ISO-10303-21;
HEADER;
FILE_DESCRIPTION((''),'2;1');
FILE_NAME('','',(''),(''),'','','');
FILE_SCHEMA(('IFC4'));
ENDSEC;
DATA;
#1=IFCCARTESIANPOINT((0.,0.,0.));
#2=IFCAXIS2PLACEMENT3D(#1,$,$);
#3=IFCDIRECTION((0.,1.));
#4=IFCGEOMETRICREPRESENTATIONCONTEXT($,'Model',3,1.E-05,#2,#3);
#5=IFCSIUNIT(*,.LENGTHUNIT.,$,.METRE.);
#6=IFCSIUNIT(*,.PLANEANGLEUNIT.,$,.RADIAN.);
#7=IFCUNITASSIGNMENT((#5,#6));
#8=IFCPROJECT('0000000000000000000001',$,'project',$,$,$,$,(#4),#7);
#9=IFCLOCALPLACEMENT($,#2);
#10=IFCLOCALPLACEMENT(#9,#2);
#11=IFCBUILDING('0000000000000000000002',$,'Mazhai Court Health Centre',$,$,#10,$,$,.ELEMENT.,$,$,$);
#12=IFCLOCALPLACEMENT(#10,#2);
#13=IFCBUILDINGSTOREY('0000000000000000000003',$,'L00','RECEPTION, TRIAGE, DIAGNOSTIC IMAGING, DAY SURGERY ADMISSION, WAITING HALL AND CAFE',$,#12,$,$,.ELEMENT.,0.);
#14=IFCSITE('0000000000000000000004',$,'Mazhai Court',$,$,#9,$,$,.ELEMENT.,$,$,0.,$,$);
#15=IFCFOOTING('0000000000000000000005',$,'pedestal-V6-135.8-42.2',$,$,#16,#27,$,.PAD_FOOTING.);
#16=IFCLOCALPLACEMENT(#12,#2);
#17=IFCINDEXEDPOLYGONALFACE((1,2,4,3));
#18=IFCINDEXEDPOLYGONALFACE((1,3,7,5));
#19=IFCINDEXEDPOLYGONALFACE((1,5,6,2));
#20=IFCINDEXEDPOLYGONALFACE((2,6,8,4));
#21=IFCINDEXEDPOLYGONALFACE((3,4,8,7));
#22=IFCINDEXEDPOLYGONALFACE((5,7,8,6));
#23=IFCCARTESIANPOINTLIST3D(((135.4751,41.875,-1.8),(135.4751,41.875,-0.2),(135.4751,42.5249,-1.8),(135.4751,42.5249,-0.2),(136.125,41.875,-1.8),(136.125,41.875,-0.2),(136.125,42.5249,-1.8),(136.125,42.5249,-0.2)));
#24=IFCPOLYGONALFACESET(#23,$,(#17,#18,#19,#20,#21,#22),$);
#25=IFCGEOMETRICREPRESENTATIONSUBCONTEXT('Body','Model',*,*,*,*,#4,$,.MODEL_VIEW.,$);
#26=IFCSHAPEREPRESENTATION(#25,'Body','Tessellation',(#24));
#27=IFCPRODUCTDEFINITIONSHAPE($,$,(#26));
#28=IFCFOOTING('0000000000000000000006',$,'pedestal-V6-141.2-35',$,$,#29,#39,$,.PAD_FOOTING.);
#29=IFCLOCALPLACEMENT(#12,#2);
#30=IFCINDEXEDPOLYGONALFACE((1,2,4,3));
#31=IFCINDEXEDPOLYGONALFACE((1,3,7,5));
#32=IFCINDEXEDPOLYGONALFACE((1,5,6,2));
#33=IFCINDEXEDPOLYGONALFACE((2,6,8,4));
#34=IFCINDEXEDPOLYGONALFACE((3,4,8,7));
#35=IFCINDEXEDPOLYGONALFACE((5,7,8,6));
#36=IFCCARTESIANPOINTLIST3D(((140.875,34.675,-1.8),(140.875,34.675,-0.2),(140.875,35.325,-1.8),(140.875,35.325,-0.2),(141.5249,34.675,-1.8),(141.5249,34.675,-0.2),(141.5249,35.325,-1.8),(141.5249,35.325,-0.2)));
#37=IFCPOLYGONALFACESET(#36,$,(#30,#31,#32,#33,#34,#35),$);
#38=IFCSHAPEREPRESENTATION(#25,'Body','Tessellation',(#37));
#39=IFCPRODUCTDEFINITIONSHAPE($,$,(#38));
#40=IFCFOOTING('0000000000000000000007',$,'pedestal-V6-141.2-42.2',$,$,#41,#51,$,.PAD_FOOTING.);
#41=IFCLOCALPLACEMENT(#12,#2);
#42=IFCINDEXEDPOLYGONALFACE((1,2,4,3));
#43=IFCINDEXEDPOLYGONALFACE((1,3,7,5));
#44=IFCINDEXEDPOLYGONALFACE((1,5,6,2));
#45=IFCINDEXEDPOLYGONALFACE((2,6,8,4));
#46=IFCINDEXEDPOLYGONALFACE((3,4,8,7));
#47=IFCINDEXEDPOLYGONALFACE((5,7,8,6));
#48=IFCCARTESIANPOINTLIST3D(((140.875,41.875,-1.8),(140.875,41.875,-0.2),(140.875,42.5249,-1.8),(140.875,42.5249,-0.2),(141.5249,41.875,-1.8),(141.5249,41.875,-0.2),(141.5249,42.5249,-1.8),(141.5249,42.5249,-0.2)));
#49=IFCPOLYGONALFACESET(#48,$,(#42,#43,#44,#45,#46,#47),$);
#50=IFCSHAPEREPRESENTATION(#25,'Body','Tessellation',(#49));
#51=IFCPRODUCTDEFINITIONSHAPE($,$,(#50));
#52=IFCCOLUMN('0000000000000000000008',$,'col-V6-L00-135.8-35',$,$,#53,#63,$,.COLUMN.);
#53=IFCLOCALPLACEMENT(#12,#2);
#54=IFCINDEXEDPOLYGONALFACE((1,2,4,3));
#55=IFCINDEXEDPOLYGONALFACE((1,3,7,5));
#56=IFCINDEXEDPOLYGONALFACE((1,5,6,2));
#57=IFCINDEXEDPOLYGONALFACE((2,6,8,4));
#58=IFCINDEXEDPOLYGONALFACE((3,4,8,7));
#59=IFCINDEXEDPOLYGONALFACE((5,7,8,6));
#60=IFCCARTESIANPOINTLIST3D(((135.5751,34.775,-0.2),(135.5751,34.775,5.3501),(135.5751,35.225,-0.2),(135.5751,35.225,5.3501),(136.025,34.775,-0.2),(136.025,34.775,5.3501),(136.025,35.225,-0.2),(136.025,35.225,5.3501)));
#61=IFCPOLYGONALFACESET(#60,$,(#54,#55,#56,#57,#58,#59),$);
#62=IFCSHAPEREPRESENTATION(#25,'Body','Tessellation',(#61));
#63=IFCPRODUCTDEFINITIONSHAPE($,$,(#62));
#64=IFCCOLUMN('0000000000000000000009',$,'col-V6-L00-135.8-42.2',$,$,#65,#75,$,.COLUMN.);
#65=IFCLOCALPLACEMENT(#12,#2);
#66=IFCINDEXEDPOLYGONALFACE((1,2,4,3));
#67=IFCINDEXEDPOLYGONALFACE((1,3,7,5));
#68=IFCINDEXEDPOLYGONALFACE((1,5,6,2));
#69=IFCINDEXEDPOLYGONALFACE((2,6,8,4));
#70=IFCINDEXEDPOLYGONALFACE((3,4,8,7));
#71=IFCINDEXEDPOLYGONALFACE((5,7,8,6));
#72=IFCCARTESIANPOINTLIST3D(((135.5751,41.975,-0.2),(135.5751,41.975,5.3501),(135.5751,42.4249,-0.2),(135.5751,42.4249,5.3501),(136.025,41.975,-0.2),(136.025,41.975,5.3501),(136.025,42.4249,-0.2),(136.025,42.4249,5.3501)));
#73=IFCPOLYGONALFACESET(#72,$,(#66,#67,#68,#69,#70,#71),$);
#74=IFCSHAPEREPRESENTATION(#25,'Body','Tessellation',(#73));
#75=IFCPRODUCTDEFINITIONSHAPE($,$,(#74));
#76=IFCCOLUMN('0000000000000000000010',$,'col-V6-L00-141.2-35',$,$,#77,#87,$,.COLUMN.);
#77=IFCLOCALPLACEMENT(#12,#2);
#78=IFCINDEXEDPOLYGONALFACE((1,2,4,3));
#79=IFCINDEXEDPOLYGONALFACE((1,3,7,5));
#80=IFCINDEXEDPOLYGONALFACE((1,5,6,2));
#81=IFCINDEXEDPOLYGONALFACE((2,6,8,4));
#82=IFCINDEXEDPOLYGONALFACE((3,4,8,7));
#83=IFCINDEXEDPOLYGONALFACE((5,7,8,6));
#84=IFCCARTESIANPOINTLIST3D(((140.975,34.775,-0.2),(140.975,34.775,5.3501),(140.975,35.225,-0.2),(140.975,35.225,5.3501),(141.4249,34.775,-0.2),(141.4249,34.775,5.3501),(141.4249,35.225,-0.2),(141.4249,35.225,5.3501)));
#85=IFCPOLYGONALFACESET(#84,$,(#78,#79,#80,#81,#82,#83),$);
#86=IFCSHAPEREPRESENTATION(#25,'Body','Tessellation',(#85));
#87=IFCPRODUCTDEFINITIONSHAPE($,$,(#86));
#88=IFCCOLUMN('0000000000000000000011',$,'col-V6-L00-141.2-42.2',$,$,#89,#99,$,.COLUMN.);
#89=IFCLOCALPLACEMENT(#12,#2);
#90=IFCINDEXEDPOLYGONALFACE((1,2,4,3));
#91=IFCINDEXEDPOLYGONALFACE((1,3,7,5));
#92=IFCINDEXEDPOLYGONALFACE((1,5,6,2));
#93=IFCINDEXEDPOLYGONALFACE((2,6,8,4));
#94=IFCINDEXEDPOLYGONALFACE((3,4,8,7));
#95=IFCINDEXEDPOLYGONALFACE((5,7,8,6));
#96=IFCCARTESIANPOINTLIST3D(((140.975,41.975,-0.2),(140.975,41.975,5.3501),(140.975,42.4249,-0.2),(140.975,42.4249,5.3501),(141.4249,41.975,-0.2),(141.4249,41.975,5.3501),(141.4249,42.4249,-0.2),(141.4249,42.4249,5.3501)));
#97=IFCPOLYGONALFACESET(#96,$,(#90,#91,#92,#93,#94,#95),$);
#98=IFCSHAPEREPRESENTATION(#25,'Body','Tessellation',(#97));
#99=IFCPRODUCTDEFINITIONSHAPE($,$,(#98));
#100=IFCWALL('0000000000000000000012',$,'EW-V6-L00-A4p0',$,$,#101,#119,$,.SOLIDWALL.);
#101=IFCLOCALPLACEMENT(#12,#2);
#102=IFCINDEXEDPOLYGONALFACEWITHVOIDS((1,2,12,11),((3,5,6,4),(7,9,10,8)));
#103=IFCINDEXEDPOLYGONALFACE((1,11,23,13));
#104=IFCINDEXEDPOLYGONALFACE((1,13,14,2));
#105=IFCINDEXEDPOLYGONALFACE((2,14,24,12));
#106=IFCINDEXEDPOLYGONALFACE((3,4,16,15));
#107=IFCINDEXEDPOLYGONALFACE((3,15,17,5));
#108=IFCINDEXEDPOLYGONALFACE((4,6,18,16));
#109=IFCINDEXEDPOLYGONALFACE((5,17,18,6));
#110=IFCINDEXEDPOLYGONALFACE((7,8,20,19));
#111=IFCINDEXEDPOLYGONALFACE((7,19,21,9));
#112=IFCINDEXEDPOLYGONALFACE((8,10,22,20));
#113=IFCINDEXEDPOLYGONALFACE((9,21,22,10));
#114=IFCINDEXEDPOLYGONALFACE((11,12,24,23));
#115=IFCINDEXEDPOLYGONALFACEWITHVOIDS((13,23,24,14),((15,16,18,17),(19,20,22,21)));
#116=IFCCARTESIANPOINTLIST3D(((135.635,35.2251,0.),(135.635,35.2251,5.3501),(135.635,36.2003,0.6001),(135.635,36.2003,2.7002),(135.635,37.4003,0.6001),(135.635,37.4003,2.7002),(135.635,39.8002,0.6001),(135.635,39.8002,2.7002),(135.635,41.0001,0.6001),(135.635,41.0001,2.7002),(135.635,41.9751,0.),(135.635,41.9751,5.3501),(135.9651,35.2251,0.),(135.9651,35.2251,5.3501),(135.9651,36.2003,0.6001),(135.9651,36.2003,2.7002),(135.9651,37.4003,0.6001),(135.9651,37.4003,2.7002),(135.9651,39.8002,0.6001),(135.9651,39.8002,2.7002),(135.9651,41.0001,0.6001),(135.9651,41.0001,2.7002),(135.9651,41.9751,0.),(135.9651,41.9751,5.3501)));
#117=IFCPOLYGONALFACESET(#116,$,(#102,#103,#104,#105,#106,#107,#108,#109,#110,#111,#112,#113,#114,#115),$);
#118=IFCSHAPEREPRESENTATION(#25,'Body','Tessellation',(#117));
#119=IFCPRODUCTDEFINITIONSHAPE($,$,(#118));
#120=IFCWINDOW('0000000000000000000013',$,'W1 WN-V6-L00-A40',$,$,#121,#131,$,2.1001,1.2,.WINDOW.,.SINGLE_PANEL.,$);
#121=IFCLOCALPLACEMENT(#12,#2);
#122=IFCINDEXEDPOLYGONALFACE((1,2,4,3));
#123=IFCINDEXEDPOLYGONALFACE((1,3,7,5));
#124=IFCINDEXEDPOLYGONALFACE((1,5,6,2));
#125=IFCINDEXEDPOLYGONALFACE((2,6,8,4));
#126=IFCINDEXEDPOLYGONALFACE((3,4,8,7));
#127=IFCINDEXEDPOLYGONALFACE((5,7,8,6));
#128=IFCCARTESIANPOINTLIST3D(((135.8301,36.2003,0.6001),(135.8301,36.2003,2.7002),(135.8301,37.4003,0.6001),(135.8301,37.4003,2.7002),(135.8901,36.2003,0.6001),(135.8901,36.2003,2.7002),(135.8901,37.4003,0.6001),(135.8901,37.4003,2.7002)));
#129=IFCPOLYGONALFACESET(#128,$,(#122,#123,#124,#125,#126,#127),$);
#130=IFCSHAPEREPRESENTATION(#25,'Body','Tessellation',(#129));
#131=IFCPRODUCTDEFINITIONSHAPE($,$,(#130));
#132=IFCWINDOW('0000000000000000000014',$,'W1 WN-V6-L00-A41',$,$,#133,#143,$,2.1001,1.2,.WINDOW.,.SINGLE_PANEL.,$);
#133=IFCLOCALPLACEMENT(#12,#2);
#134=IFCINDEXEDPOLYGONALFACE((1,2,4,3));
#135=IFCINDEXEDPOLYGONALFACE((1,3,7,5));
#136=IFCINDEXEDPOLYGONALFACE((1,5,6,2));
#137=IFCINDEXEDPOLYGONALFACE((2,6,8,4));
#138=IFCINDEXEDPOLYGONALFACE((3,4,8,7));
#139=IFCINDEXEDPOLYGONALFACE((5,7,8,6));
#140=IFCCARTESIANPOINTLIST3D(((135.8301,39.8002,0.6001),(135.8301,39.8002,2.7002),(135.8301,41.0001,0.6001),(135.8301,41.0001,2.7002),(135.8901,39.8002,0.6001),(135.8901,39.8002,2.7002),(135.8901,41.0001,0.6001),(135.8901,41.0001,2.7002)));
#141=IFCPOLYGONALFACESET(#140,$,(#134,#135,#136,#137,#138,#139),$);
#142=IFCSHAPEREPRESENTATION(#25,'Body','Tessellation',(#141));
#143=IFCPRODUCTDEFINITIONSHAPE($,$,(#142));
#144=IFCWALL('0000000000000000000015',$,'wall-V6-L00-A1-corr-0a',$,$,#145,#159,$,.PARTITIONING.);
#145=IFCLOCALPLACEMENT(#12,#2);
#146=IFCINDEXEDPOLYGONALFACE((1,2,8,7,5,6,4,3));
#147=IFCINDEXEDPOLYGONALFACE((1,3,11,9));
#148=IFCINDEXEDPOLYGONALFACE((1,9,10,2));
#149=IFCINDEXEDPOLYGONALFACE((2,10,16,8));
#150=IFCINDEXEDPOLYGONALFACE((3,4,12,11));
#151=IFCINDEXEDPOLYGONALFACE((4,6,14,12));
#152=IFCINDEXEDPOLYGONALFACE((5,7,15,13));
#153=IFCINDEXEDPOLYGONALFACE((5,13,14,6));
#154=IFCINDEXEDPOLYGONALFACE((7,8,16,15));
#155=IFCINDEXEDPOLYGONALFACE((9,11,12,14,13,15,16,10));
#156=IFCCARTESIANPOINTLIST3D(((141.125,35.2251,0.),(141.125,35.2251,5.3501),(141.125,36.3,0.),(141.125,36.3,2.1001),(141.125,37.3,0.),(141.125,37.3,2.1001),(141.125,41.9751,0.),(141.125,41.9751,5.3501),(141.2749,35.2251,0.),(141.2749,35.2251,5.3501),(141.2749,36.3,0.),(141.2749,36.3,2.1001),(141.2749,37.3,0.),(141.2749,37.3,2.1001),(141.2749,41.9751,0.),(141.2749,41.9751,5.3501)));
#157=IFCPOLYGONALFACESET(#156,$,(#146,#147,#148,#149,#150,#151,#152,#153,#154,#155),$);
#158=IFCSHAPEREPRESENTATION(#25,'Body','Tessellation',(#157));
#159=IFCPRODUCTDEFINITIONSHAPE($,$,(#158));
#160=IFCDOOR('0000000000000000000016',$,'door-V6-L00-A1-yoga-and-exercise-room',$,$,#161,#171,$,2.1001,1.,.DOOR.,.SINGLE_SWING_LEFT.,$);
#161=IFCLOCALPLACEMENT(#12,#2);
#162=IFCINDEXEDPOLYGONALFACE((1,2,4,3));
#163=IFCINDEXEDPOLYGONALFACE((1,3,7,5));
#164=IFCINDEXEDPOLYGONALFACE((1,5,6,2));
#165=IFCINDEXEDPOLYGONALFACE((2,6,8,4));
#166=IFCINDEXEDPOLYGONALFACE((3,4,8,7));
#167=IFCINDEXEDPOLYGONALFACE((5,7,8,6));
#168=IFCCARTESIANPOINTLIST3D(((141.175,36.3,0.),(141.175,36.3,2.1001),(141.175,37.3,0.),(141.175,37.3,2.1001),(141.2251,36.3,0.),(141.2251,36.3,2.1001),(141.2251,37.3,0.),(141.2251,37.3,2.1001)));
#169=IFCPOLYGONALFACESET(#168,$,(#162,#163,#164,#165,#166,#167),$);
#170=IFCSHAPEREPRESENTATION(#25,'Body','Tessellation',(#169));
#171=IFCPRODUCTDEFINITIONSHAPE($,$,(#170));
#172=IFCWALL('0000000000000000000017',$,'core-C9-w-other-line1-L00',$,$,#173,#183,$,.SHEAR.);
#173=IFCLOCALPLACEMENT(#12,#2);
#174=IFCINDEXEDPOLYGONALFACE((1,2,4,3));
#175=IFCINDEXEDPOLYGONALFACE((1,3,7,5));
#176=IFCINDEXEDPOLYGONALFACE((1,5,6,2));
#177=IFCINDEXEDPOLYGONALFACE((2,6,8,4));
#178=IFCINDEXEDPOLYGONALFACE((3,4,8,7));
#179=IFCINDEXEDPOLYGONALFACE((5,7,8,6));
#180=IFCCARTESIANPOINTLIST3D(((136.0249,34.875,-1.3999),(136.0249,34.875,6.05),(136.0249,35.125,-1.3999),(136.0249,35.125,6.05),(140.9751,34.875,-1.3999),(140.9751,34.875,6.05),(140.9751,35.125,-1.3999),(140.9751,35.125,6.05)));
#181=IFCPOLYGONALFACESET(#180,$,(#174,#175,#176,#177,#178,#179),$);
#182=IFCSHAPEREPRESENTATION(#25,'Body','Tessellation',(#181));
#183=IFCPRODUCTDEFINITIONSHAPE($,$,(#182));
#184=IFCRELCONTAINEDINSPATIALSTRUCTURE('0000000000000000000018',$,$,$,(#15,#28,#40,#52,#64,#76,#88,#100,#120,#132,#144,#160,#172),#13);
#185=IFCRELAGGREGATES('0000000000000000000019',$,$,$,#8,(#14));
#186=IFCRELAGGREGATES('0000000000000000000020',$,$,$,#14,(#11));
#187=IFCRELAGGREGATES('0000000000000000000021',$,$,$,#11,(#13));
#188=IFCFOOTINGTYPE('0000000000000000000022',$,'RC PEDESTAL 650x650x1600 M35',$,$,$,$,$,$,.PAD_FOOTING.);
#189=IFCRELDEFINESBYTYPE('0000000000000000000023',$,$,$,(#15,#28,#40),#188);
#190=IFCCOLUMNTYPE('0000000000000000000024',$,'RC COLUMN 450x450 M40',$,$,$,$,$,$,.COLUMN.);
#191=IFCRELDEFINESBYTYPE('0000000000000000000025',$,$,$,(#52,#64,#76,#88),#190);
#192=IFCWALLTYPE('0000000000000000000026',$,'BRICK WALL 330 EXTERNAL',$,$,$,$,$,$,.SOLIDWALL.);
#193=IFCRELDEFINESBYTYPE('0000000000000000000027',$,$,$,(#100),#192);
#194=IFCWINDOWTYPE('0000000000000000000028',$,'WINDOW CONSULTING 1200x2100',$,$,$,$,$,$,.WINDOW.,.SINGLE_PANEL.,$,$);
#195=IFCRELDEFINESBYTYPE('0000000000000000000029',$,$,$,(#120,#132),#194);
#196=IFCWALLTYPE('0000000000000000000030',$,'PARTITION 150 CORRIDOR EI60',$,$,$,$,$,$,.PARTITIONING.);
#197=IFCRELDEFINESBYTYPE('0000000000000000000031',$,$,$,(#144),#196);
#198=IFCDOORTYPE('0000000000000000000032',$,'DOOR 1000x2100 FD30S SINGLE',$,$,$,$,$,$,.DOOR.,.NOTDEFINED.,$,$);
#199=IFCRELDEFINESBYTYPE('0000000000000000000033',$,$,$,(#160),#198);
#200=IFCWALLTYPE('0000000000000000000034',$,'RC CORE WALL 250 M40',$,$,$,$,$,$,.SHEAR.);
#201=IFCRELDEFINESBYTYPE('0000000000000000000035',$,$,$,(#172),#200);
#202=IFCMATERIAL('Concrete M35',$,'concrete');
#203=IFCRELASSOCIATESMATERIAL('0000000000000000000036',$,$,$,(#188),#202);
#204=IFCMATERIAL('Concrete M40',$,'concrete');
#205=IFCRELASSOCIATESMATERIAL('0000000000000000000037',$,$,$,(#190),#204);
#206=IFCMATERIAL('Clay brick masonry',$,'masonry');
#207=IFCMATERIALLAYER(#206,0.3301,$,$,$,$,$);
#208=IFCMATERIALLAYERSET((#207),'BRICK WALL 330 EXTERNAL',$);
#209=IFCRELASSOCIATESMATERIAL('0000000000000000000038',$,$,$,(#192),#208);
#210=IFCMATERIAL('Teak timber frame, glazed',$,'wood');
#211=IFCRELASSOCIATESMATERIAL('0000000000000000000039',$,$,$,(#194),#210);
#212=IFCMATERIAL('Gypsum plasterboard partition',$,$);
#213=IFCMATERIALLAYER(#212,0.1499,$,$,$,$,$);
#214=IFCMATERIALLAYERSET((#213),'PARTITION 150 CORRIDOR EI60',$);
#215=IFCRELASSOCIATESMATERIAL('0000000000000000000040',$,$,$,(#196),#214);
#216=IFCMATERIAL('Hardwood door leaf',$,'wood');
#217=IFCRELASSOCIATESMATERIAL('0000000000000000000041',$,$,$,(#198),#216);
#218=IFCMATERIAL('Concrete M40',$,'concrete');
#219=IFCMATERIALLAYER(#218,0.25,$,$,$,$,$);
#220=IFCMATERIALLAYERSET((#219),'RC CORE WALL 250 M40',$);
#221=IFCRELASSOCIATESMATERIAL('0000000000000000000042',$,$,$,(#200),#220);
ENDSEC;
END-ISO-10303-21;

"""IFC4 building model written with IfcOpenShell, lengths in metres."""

from ifc_helpers import new_model, si_unit, direction, frame, frame_2d, origin, origin_2d, place, context, subcontext, project, spatial, rectangle, extrude, material, layer, layer_set, material_profile, profile_set, type_object, element, fill, save


model = new_model("IFC4")

# Units and contexts
model_context = context("Model", 3, precision=1e-05, world=origin(), true_north=direction((0.0, 1.0)))
body_context = subcontext(model_context, "Body", "Model", "MODEL_VIEW")
ifc_project = project(units=[si_unit("LENGTHUNIT", "METRE"), si_unit("PLANEANGLEUNIT", "RADIAN")], contexts=[model_context])

# Site, building, storey
site_placement = place(None, origin())
site = spatial("IfcSite", under=ifc_project, at=site_placement, Name="Mazhai Court", CompositionType="ELEMENT", RefElevation=0.0)
building_placement = place(site_placement, origin())
building = spatial("IfcBuilding", under=site, at=building_placement, Name="Mazhai Court Health Centre", CompositionType="ELEMENT")
storey_placement = place(building_placement, origin())
storey = spatial("IfcBuildingStorey", under=building, at=storey_placement, Name="L00", Description="RECEPTION, TRIAGE, DIAGNOSTIC IMAGING, DAY SURGERY ADMISSION, WAITING HALL AND CAFE", CompositionType="ELEMENT", Elevation=0.0)

# Footings
ifc_material_1 = material(Name="Concrete M35", Category="concrete")
footing_type = type_object("IfcFootingType", Name="RC PEDESTAL 650x650x1600 M35", PredefinedType="PAD_FOOTING", material=ifc_material_1)
for number, where, z_axis, x_axis, name in (
    (1, (135.8, 42.2, -1.8), (0.0, 0.0, 1.0), (1.0, 0.0, 0.0), "pedestal-V6-135.8-42.2"),
    (2, (141.2, 35.0, -1.8), (0.0, 0.0, 1.0), (1.0, 0.0, 0.0), "pedestal-V6-141.2-35"),
    (3, (141.2, 42.2, -1.8), (0.0, 0.0, 1.0), (1.0, 0.0, 0.0), "pedestal-V6-141.2-42.2"),
):
    element("IfcFooting", number, at=place(storey_placement, frame(where, z_axis=z_axis, x_axis=x_axis)), inside=storey, type_object=footing_type, Name=name, PredefinedType="PAD_FOOTING", context=body_context, shape_type="SweptSolid", body=[
        extrude(rectangle(XDim=0.6499, YDim=0.6499, at=origin_2d()), origin(), (0.0, 0.0, 1.0), 1.6001),
    ])

# Columns
ifc_material_2 = material(Name="Concrete M40", Category="concrete")
ifc_material_profile_1 = material_profile(ifc_material_2, rectangle(XDim=0.45, YDim=0.45, at=origin_2d()), Name="RC 450x450")
ifc_profile_set_1 = profile_set([ifc_material_profile_1], Name="Concrete M40")
column_type = type_object("IfcColumnType", Name="RC COLUMN 450x450 M40", PredefinedType="COLUMN", material=ifc_profile_set_1)
for number, where, z_axis, x_axis, name in (
    (4, (135.8, 35.0, -0.2), (0.0, 0.0, 1.0), (1.0, 0.0, 0.0), "col-V6-L00-135.8-35"),
    (5, (135.8, 42.2, -0.2), (0.0, 0.0, 1.0), (1.0, 0.0, 0.0), "col-V6-L00-135.8-42.2"),
    (6, (141.2, 35.0, -0.2), (0.0, 0.0, 1.0), (1.0, 0.0, 0.0), "col-V6-L00-141.2-35"),
    (7, (141.2, 42.2, -0.2), (0.0, 0.0, 1.0), (1.0, 0.0, 0.0), "col-V6-L00-141.2-42.2"),
):
    element("IfcColumn", number, at=place(storey_placement, frame(where, z_axis=z_axis, x_axis=x_axis)), inside=storey, type_object=column_type, Name=name, PredefinedType="COLUMN", context=body_context, shape_type="SweptSolid", body=[
        extrude(rectangle(XDim=0.45, YDim=0.45, at=origin_2d()), origin(), (0.0, 0.0, 1.0), 5.55),
    ])

# Wall, openings, windows
ifc_material_3 = material(Name="Clay brick masonry", Category="masonry")
ifc_layer_1 = layer(ifc_material_3, 0.3301)
ifc_layer_set_1 = layer_set([ifc_layer_1], Name="BRICK WALL 330 EXTERNAL")
wall_type_1 = type_object("IfcWallType", Name="BRICK WALL 330 EXTERNAL", PredefinedType="SOLIDWALL", material=ifc_layer_set_1)
wall_1_placement = place(storey_placement, frame((135.8, 35.2251, 0.0), z_axis=(0.0, 0.0, 1.0), x_axis=(0.0, 1.0, 0.0)))
wall_1 = element("IfcWall", 8, at=wall_1_placement, inside=storey, type_object=wall_type_1, Name="EW-V6-L00-A4p0", PredefinedType="SOLIDWALL", context=body_context, shape_type="SweptSolid", body=[
    extrude(rectangle(XDim=6.75, YDim=0.3301, at=frame_2d((3.375, 0.0))), origin(), (0.0, 0.0, 1.0), 5.3501),
])
opening_1_placement = place(wall_1_placement, frame((0.9751, 0.0, 0.6001)))
opening_1 = element("IfcOpeningElement", 9, at=opening_1_placement, cuts=wall_1, PredefinedType="OPENING", context=body_context, shape_type="SweptSolid", body=[
    extrude(rectangle(XDim=1.2, YDim=2.1001, at=frame_2d((0.6001, 1.05))), frame((0.0, 0.175, 0.0), z_axis=(0.0, -1.0, 0.0), x_axis=(1.0, 0.0, 0.0)), (0.0, 0.0, 1.0), 0.3501),
])
opening_2_placement = place(wall_1_placement, frame((4.575, 0.0, 0.6001)))
opening_2 = element("IfcOpeningElement", 10, at=opening_2_placement, cuts=wall_1, PredefinedType="OPENING", context=body_context, shape_type="SweptSolid", body=[
    extrude(rectangle(XDim=1.2, YDim=2.1001, at=frame_2d((0.6001, 1.05))), frame((0.0, 0.175, 0.0), z_axis=(0.0, -1.0, 0.0), x_axis=(1.0, 0.0, 0.0)), (0.0, 0.0, 1.0), 0.3501),
])
ifc_material_4 = material(Name="Teak timber frame, glazed", Category="wood")
window_type = type_object("IfcWindowType", Name="WINDOW CONSULTING 1200x2100", PartitioningType="SINGLE_PANEL", PredefinedType="WINDOW", material=ifc_material_4)
window_1_placement = place(opening_1_placement, origin())
window_1 = element("IfcWindow", 11, at=window_1_placement, inside=storey, type_object=window_type, Name="W1 WN-V6-L00-A40", OverallHeight=2.1001, OverallWidth=1.2, PartitioningType="SINGLE_PANEL", PredefinedType="WINDOW", context=body_context, shape_type="SweptSolid", body=[
    extrude(rectangle(XDim=1.2, YDim=2.1001, at=frame_2d((0.6001, 1.05))), frame((0.0, -0.03, 0.0), z_axis=(0.0, -1.0, 0.0), x_axis=(1.0, 0.0, 0.0)), (0.0, 0.0, 1.0), 0.0601),
])
fill(opening_1, window_1)
window_2_placement = place(opening_2_placement, origin())
window_2 = element("IfcWindow", 12, at=window_2_placement, inside=storey, type_object=window_type, Name="W1 WN-V6-L00-A41", OverallHeight=2.1001, OverallWidth=1.2, PartitioningType="SINGLE_PANEL", PredefinedType="WINDOW", context=body_context, shape_type="SweptSolid", body=[
    extrude(rectangle(XDim=1.2, YDim=2.1001, at=frame_2d((0.6001, 1.05))), frame((0.0, -0.03, 0.0), z_axis=(0.0, -1.0, 0.0), x_axis=(1.0, 0.0, 0.0)), (0.0, 0.0, 1.0), 0.0601),
])
fill(opening_2, window_2)

# Wall, opening, door
ifc_material_5 = material(Name="Gypsum plasterboard partition")
ifc_layer_2 = layer(ifc_material_5, 0.1499)
ifc_layer_set_2 = layer_set([ifc_layer_2], Name="PARTITION 150 CORRIDOR EI60")
wall_type_2 = type_object("IfcWallType", Name="PARTITION 150 CORRIDOR EI60", PredefinedType="PARTITIONING", material=ifc_layer_set_2)
wall_2_placement = place(storey_placement, frame((141.2, 35.2251, 0.0), z_axis=(0.0, 0.0, 1.0), x_axis=(0.0, 1.0, 0.0)))
wall_2 = element("IfcWall", 13, at=wall_2_placement, inside=storey, type_object=wall_type_2, Name="wall-V6-L00-A1-corr-0a", PredefinedType="PARTITIONING", context=body_context, shape_type="SweptSolid", body=[
    extrude(rectangle(XDim=6.75, YDim=0.1499, at=frame_2d((3.375, 0.0))), origin(), (0.0, 0.0, 1.0), 5.3501),
])
opening_3_placement = place(wall_2_placement, frame((1.075, 0.0, 0.0)))
opening_3 = element("IfcOpeningElement", 14, at=opening_3_placement, cuts=wall_2, PredefinedType="OPENING", context=body_context, shape_type="SweptSolid", body=[
    extrude(rectangle(XDim=1.0, YDim=2.1001, at=frame_2d((0.5, 1.05))), frame((0.0, 0.085, 0.0), z_axis=(0.0, -1.0, 0.0), x_axis=(1.0, 0.0, 0.0)), (0.0, 0.0, 1.0), 0.1699),
])
ifc_material_6 = material(Name="Hardwood door leaf", Category="wood")
door_type = type_object("IfcDoorType", Name="DOOR 1000x2100 FD30S SINGLE", OperationType="NOTDEFINED", PredefinedType="DOOR", material=ifc_material_6)
door_placement = place(opening_3_placement, origin())
door = element("IfcDoor", 15, at=door_placement, inside=storey, type_object=door_type, Name="door-V6-L00-A1-yoga-and-exercise-room", OperationType="SINGLE_SWING_LEFT", OverallHeight=2.1001, OverallWidth=1.0, PredefinedType="DOOR", context=body_context, shape_type="SweptSolid", body=[
    extrude(rectangle(XDim=1.0, YDim=2.1001, at=frame_2d((0.5, 1.05))), frame((0.0, 0.0249, 0.0), z_axis=(0.0, -1.0, 0.0), x_axis=(1.0, 0.0, 0.0)), (0.0, 0.0, 1.0), 0.05),
])
fill(opening_3, door)

# Wall
ifc_material_7 = material(Name="Concrete M40", Category="concrete")
ifc_layer_3 = layer(ifc_material_7, 0.25)
ifc_layer_set_3 = layer_set([ifc_layer_3], Name="RC CORE WALL 250 M40")
wall_type_3 = type_object("IfcWallType", Name="RC CORE WALL 250 M40", PredefinedType="SHEAR", material=ifc_layer_set_3)
wall_3_placement = place(storey_placement, frame((136.0249, 35.0, -1.3999), z_axis=(0.0, 0.0, 1.0), x_axis=(1.0, 0.0, 0.0)))
element("IfcWall", 16, at=wall_3_placement, inside=storey, type_object=wall_type_3, Name="core-C9-w-other-line1-L00", PredefinedType="SHEAR", context=body_context, shape_type="SweptSolid", body=[
    extrude(rectangle(XDim=4.9502, YDim=0.25, at=frame_2d((2.4751, 0.0))), origin(), (0.0, 0.0, 1.0), 7.45),
])

save(model, "model.ifc")
